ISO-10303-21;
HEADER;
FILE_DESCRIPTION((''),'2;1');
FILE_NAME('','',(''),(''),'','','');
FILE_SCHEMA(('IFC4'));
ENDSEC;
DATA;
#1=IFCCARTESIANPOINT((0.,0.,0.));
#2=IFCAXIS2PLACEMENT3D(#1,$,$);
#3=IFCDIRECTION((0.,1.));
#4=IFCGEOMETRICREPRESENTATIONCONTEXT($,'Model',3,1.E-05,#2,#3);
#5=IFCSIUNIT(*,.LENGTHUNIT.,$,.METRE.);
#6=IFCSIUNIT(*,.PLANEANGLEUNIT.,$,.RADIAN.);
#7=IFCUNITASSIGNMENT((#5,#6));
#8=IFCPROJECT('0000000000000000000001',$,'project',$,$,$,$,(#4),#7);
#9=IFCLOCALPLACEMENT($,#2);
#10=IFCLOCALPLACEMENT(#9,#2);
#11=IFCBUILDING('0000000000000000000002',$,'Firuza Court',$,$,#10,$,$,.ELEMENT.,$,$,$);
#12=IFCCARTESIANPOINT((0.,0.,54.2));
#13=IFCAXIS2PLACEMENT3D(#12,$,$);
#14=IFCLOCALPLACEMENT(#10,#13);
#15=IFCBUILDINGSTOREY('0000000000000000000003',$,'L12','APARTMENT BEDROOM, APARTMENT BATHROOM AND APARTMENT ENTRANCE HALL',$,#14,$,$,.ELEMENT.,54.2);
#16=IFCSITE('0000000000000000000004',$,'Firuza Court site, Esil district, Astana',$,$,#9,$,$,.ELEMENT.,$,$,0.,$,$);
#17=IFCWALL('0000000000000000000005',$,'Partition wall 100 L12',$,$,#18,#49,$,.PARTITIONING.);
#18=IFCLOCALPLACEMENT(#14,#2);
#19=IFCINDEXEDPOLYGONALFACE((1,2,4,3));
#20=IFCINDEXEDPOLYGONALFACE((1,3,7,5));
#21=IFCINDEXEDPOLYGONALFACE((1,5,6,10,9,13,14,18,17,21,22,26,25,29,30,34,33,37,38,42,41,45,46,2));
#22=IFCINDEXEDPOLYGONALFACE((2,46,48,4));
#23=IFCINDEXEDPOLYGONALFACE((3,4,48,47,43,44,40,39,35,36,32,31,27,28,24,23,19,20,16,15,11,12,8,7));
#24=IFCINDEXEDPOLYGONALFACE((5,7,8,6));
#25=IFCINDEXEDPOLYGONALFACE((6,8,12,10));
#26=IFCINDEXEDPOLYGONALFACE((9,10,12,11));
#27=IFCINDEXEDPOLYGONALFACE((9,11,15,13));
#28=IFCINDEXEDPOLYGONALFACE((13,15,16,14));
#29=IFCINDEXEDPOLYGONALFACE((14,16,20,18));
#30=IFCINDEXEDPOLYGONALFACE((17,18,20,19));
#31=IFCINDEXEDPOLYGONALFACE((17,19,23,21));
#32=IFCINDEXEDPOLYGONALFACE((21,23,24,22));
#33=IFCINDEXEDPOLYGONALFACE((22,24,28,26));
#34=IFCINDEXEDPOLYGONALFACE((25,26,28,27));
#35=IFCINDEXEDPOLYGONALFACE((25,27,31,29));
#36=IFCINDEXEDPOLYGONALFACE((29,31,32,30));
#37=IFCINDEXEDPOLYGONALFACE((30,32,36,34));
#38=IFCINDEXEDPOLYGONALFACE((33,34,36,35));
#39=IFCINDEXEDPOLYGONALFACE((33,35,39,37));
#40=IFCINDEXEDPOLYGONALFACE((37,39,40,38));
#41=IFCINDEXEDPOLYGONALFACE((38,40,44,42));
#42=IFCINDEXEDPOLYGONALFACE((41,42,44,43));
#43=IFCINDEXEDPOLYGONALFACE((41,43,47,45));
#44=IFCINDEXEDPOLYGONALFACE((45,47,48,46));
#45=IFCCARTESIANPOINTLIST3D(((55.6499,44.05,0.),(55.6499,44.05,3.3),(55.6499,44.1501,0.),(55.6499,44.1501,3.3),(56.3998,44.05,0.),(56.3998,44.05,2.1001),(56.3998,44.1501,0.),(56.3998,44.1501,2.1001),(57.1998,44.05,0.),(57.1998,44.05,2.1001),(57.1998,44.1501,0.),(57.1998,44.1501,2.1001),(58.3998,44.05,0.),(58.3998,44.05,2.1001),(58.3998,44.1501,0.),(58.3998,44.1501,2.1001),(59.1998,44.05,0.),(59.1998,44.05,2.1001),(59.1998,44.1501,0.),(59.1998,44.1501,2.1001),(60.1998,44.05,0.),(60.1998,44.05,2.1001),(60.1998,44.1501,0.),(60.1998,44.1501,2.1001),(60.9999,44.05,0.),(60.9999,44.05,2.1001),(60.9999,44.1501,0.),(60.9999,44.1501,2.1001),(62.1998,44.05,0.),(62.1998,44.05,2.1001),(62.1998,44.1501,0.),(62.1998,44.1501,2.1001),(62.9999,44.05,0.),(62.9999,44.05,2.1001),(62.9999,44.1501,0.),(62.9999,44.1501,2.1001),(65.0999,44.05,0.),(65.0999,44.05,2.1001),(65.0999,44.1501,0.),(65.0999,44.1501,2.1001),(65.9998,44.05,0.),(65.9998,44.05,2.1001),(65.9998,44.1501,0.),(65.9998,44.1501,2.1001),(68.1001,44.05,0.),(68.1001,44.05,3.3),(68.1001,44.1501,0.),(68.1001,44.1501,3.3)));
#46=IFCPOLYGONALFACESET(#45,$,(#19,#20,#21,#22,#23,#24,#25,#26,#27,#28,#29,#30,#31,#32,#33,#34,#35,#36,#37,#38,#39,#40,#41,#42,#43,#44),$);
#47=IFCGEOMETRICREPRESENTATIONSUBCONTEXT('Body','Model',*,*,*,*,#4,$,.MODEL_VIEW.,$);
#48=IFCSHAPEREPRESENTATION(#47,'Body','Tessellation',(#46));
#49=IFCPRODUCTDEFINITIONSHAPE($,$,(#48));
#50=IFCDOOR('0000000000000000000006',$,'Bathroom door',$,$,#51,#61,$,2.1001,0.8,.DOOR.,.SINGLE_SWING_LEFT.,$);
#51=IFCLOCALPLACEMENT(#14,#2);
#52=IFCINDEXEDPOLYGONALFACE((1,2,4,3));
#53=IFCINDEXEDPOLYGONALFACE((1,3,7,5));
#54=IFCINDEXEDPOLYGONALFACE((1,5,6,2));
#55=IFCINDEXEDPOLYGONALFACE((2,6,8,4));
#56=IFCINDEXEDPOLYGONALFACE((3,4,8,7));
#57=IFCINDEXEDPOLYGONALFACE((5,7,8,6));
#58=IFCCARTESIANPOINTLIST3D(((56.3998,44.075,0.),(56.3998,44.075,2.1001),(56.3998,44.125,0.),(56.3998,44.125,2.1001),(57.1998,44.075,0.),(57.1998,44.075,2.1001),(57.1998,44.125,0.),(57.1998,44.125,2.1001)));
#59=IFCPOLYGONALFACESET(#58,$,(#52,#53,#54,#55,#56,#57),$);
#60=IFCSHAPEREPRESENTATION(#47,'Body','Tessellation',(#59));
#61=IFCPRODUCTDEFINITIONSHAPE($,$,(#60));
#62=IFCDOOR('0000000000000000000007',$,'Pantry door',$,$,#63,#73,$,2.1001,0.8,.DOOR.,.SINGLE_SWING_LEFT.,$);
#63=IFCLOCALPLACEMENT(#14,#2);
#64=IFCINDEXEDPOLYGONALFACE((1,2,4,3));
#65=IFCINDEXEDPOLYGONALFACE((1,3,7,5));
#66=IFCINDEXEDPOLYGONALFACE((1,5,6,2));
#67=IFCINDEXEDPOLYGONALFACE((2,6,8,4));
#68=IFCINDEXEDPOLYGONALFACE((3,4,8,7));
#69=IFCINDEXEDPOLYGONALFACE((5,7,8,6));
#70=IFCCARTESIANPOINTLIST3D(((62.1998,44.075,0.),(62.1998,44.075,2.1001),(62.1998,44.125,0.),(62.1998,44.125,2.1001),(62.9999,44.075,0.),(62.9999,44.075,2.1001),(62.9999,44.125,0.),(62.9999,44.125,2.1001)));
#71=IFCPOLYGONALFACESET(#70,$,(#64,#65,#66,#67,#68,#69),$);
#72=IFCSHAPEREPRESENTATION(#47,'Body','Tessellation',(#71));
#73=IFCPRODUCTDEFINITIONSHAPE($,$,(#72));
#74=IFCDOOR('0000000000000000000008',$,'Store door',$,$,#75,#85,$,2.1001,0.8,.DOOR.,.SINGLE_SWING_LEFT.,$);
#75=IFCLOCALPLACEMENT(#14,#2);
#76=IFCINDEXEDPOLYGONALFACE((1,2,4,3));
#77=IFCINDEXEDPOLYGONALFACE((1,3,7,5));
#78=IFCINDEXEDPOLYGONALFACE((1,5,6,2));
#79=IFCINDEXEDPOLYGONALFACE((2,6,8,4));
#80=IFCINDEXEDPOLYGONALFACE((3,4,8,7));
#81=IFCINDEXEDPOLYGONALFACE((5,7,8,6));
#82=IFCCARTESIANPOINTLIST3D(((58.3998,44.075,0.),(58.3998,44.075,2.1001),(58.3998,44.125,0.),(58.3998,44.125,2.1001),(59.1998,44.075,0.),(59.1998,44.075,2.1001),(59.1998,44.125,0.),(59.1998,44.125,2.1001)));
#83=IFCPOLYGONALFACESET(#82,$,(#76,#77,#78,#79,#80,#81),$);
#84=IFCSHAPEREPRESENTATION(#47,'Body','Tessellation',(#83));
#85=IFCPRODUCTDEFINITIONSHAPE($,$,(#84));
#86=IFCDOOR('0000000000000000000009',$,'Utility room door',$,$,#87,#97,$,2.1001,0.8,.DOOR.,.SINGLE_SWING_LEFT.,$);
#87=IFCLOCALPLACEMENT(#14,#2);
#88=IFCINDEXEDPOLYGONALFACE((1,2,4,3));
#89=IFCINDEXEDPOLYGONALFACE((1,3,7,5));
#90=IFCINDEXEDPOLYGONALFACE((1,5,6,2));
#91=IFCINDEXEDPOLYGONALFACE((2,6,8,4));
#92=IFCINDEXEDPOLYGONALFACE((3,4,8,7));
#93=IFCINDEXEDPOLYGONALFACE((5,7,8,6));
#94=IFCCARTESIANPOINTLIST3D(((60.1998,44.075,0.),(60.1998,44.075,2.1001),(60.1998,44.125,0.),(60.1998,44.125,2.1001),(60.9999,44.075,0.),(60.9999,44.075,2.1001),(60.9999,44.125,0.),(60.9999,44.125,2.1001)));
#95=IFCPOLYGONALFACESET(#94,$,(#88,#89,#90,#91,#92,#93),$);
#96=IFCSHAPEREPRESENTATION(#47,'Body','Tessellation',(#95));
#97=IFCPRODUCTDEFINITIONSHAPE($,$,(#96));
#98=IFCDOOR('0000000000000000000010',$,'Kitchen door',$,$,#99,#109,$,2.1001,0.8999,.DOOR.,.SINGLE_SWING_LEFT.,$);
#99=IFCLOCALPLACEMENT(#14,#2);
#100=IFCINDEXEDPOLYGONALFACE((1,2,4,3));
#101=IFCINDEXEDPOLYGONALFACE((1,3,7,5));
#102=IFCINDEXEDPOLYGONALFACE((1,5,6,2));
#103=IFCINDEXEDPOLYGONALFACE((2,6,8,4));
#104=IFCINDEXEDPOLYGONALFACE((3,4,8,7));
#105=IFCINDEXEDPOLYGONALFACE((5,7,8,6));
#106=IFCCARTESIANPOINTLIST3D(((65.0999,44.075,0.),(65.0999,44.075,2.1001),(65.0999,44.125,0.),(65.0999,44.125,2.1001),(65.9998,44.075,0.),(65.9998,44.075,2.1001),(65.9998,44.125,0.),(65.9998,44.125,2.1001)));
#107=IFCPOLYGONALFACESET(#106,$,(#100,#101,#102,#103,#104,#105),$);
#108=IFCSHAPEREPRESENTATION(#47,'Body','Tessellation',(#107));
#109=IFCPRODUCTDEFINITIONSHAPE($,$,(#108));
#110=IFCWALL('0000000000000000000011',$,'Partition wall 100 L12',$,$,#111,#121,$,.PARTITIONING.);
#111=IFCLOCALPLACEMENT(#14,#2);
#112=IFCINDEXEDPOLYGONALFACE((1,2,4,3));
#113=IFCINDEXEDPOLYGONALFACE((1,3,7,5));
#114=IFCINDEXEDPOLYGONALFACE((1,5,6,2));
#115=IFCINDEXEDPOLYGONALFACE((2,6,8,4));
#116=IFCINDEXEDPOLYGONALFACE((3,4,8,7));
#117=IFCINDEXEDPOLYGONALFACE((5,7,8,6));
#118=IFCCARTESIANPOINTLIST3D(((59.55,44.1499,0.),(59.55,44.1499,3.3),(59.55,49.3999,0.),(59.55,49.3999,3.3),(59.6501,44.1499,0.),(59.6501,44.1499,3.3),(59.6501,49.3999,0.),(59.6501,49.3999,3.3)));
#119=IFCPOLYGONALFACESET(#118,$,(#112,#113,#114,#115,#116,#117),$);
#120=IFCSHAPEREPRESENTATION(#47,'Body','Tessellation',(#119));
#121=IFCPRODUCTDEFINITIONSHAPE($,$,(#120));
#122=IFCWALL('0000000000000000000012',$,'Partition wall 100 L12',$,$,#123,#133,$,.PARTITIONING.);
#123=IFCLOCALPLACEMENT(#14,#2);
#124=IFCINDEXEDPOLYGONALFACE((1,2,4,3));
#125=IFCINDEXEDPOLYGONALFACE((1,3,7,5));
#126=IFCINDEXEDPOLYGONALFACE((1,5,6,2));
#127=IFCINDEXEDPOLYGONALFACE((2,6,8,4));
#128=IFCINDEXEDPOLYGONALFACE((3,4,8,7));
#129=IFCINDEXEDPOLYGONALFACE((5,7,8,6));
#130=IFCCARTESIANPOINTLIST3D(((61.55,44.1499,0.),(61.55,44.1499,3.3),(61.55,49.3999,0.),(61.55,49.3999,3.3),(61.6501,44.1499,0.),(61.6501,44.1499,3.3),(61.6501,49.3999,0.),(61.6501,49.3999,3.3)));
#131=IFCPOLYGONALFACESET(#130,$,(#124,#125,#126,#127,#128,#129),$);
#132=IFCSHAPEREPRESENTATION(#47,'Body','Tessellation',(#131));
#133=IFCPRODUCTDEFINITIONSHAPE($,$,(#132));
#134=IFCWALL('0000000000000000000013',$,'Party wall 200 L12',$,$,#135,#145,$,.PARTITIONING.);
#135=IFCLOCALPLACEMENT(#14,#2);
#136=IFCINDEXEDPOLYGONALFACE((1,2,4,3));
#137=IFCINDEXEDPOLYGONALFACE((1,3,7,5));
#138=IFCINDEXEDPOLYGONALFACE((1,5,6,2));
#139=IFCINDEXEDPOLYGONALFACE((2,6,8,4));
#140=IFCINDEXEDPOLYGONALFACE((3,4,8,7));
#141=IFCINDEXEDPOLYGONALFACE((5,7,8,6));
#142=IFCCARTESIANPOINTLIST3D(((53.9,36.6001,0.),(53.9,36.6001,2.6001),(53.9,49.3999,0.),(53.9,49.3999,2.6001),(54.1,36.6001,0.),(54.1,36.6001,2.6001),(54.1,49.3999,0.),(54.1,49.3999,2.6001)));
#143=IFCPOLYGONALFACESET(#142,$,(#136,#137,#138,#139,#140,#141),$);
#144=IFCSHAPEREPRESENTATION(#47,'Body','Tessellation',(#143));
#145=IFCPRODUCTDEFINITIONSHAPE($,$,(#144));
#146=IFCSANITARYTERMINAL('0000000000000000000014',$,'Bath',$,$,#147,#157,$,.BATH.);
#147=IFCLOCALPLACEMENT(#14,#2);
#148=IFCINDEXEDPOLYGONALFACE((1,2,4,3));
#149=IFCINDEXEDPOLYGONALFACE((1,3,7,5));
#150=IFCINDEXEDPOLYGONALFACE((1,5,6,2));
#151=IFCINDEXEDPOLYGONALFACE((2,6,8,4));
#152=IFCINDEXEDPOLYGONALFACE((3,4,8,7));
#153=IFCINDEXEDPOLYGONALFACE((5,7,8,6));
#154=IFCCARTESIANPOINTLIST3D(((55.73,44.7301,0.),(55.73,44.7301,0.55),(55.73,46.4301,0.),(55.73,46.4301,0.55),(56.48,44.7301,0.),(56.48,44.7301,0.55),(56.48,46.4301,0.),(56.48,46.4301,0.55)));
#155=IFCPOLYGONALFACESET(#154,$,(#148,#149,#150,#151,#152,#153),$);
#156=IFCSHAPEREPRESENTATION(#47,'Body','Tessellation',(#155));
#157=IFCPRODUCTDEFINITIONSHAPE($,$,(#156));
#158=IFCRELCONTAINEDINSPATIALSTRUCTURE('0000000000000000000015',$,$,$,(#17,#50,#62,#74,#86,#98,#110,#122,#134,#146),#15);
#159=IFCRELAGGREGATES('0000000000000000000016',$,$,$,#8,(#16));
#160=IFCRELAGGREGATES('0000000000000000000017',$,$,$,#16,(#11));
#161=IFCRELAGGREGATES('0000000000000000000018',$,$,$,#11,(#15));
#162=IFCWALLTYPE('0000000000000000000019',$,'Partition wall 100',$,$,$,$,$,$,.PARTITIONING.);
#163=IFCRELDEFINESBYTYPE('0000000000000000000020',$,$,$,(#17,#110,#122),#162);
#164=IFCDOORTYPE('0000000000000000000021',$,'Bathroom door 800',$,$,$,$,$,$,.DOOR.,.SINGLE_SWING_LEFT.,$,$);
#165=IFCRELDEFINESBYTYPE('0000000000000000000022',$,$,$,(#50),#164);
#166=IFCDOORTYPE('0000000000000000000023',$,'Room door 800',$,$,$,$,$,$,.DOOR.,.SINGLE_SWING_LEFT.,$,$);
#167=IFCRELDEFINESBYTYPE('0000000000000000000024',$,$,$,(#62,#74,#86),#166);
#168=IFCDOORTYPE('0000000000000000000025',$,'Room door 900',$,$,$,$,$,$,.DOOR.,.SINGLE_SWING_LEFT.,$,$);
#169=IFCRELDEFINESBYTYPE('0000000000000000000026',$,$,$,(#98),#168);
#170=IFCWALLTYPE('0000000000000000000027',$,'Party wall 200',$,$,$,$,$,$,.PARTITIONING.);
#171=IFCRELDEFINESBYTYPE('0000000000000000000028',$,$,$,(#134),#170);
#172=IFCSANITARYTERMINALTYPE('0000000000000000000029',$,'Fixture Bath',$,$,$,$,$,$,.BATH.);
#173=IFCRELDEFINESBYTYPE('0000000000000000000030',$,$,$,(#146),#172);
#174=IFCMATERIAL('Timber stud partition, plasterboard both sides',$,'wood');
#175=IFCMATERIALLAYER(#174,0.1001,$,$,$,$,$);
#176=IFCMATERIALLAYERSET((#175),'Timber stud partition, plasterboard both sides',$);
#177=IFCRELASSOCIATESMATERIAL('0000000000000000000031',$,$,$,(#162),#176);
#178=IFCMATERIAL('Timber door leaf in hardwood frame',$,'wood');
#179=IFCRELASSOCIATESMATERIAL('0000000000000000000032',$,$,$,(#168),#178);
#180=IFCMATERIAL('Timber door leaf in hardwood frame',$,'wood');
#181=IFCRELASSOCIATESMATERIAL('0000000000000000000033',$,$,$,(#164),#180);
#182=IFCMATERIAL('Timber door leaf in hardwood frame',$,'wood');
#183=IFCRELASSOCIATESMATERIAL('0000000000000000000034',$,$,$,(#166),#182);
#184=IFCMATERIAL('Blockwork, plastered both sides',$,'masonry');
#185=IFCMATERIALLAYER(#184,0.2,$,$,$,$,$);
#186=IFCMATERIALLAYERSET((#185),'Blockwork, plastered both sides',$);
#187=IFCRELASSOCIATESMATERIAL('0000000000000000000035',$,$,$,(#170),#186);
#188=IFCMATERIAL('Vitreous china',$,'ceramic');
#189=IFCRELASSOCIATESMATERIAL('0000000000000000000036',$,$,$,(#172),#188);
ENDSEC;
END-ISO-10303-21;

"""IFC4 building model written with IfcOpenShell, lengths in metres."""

from ifc_helpers import new_model, si_unit, direction, frame, frame_2d, origin, origin_2d, place, context, subcontext, project, spatial, rectangle, extrude, material, layer, layer_set, type_object, element, fill, save


model = new_model("IFC4")

# Units and contexts
model_context = context("Model", 3, precision=1e-05, world=origin(), true_north=direction((0.0, 1.0)))
body_context = subcontext(model_context, "Body", "Model", "MODEL_VIEW")
ifc_project = project(units=[si_unit("LENGTHUNIT", "METRE"), si_unit("PLANEANGLEUNIT", "RADIAN")], contexts=[model_context])

# Site, building, storey
site_placement = place(None, origin())
site = spatial("IfcSite", under=ifc_project, at=site_placement, Name="Firuza Court site, Esil district, Astana", CompositionType="ELEMENT", RefElevation=0.0)
building_placement = place(site_placement, origin())
building = spatial("IfcBuilding", under=site, at=building_placement, Name="Firuza Court", CompositionType="ELEMENT")
storey_placement = place(building_placement, frame((0.0, 0.0, 54.2)))
storey = spatial("IfcBuildingStorey", under=building, at=storey_placement, Name="L12", Description="APARTMENT BEDROOM, APARTMENT BATHROOM AND APARTMENT ENTRANCE HALL", CompositionType="ELEMENT", Elevation=54.2)

# Shared definitions
ifc_material_1 = material(Name="Timber stud partition, plasterboard both sides", Category="wood")
ifc_layer_1 = layer(ifc_material_1, 0.1001)
ifc_layer_set_1 = layer_set([ifc_layer_1], Name="Timber stud partition, plasterboard both sides")
wall_type_1 = type_object("IfcWallType", Name="Partition wall 100", PredefinedType="PARTITIONING", material=ifc_layer_set_1)

# Wall, openings, doors
ifc_material_2 = material(Name="Timber door leaf in hardwood frame", Category="wood")
door_type_1 = type_object("IfcDoorType", Name="Room door 900", OperationType="SINGLE_SWING_LEFT", PredefinedType="DOOR", material=ifc_material_2)
wall_1_placement = place(storey_placement, frame((55.6499, 44.1001, 0.0), z_axis=(0.0, 0.0, 1.0), x_axis=(1.0, 0.0, 0.0)))
wall_1 = element("IfcWall", 1, at=wall_1_placement, inside=storey, type_object=wall_type_1, Name="Partition wall 100 L12", PredefinedType="PARTITIONING", context=body_context, shape_type="SweptSolid", body=[
    extrude(rectangle(XDim=12.4502, YDim=0.1001, at=frame_2d((6.2251, 0.0))), origin(), (0.0, 0.0, 1.0), 3.3),
])
opening_1_placement = place(wall_1_placement, frame((0.75, 0.0, 0.0)))
opening_1 = element("IfcOpeningElement", 2, at=opening_1_placement, cuts=wall_1, PredefinedType="OPENING", context=body_context, shape_type="SweptSolid", body=[
    extrude(rectangle(XDim=0.8, YDim=2.1001, at=frame_2d((0.3999, 1.05))), frame((0.0, 0.062, 0.0), z_axis=(0.0, -1.0, 0.0), x_axis=(1.0, 0.0, 0.0)), (0.0, 0.0, 1.0), 0.124),
])
opening_2_placement = place(wall_1_placement, frame((9.45, 0.0, 0.0)))
opening_2 = element("IfcOpeningElement", 3, at=opening_2_placement, cuts=wall_1, PredefinedType="OPENING", context=body_context, shape_type="SweptSolid", body=[
    extrude(rectangle(XDim=0.8999, YDim=2.1001, at=frame_2d((0.45, 1.05))), frame((0.0, 0.062, 0.0), z_axis=(0.0, -1.0, 0.0), x_axis=(1.0, 0.0, 0.0)), (0.0, 0.0, 1.0), 0.124),
])
opening_3_placement = place(wall_1_placement, frame((6.55, 0.0, 0.0)))
opening_3 = element("IfcOpeningElement", 4, at=opening_3_placement, cuts=wall_1, PredefinedType="OPENING", context=body_context, shape_type="SweptSolid", body=[
    extrude(rectangle(XDim=0.8, YDim=2.1001, at=frame_2d((0.3999, 1.05))), frame((0.0, 0.062, 0.0), z_axis=(0.0, -1.0, 0.0), x_axis=(1.0, 0.0, 0.0)), (0.0, 0.0, 1.0), 0.124),
])
opening_4_placement = place(wall_1_placement, frame((2.75, 0.0, 0.0)))
opening_4 = element("IfcOpeningElement", 5, at=opening_4_placement, cuts=wall_1, PredefinedType="OPENING", context=body_context, shape_type="SweptSolid", body=[
    extrude(rectangle(XDim=0.8, YDim=2.1001, at=frame_2d((0.3999, 1.05))), frame((0.0, 0.062, 0.0), z_axis=(0.0, -1.0, 0.0), x_axis=(1.0, 0.0, 0.0)), (0.0, 0.0, 1.0), 0.124),
])
opening_5_placement = place(wall_1_placement, frame((4.55, 0.0, 0.0)))
opening_5 = element("IfcOpeningElement", 6, at=opening_5_placement, cuts=wall_1, PredefinedType="OPENING", context=body_context, shape_type="SweptSolid", body=[
    extrude(rectangle(XDim=0.8, YDim=2.1001, at=frame_2d((0.3999, 1.05))), frame((0.0, 0.062, 0.0), z_axis=(0.0, -1.0, 0.0), x_axis=(1.0, 0.0, 0.0)), (0.0, 0.0, 1.0), 0.124),
])
ifc_material_3 = material(Name="Timber door leaf in hardwood frame", Category="wood")
door_type_2 = type_object("IfcDoorType", Name="Bathroom door 800", OperationType="SINGLE_SWING_LEFT", PredefinedType="DOOR", material=ifc_material_3)
door_1_placement = place(opening_1_placement, origin())
door_1 = element("IfcDoor", 7, at=door_1_placement, inside=storey, type_object=door_type_2, Name="Bathroom door", OperationType="SINGLE_SWING_LEFT", OverallHeight=2.1001, OverallWidth=0.8, PredefinedType="DOOR", context=body_context, shape_type="SweptSolid", body=[
    extrude(rectangle(XDim=0.8, YDim=2.1001, at=frame_2d((0.3999, 1.05))), frame((0.0, 0.0249, 0.0), z_axis=(0.0, -1.0, 0.0), x_axis=(1.0, 0.0, 0.0)), (0.0, 0.0, 1.0), 0.05),
])
fill(opening_1, door_1)
ifc_material_4 = material(Name="Timber door leaf in hardwood frame", Category="wood")
door_type_3 = type_object("IfcDoorType", Name="Room door 800", OperationType="SINGLE_SWING_LEFT", PredefinedType="DOOR", material=ifc_material_4)
door_2_placement = place(opening_3_placement, origin())
door_2 = element("IfcDoor", 8, at=door_2_placement, inside=storey, type_object=door_type_3, Name="Pantry door", OperationType="SINGLE_SWING_LEFT", OverallHeight=2.1001, OverallWidth=0.8, PredefinedType="DOOR", context=body_context, shape_type="SweptSolid", body=[
    extrude(rectangle(XDim=0.8, YDim=2.1001, at=frame_2d((0.3999, 1.05))), frame((0.0, 0.0249, 0.0), z_axis=(0.0, -1.0, 0.0), x_axis=(1.0, 0.0, 0.0)), (0.0, 0.0, 1.0), 0.05),
])
fill(opening_3, door_2)
door_3_placement = place(opening_4_placement, origin())
door_3 = element("IfcDoor", 9, at=door_3_placement, inside=storey, type_object=door_type_3, Name="Store door", OperationType="SINGLE_SWING_LEFT", OverallHeight=2.1001, OverallWidth=0.8, PredefinedType="DOOR", context=body_context, shape_type="SweptSolid", body=[
    extrude(rectangle(XDim=0.8, YDim=2.1001, at=frame_2d((0.3999, 1.05))), frame((0.0, 0.0249, 0.0), z_axis=(0.0, -1.0, 0.0), x_axis=(1.0, 0.0, 0.0)), (0.0, 0.0, 1.0), 0.05),
])
fill(opening_4, door_3)
door_4_placement = place(opening_5_placement, origin())
door_4 = element("IfcDoor", 10, at=door_4_placement, inside=storey, type_object=door_type_3, Name="Utility room door", OperationType="SINGLE_SWING_LEFT", OverallHeight=2.1001, OverallWidth=0.8, PredefinedType="DOOR", context=body_context, shape_type="SweptSolid", body=[
    extrude(rectangle(XDim=0.8, YDim=2.1001, at=frame_2d((0.3999, 1.05))), frame((0.0, 0.0249, 0.0), z_axis=(0.0, -1.0, 0.0), x_axis=(1.0, 0.0, 0.0)), (0.0, 0.0, 1.0), 0.05),
])
fill(opening_5, door_4)
door_5_placement = place(opening_2_placement, origin())
door_5 = element("IfcDoor", 11, at=door_5_placement, inside=storey, type_object=door_type_1, Name="Kitchen door", OperationType="SINGLE_SWING_LEFT", OverallHeight=2.1001, OverallWidth=0.8999, PredefinedType="DOOR", context=body_context, shape_type="SweptSolid", body=[
    extrude(rectangle(XDim=0.8999, YDim=2.1001, at=frame_2d((0.45, 1.05))), frame((0.0, 0.0249, 0.0), z_axis=(0.0, -1.0, 0.0), x_axis=(1.0, 0.0, 0.0)), (0.0, 0.0, 1.0), 0.05),
])
fill(opening_2, door_5)

# Walls
for number, where, z_axis, x_axis, name in (
    (12, (59.6001, 44.1499, 0.0), (0.0, 0.0, 1.0), (0.0, 1.0, 0.0), "Partition wall 100 L12"),
    (13, (61.6001, 44.1499, 0.0), (0.0, 0.0, 1.0), (0.0, 1.0, 0.0), "Partition wall 100 L12"),
):
    element("IfcWall", number, at=place(storey_placement, frame(where, z_axis=z_axis, x_axis=x_axis)), inside=storey, type_object=wall_type_1, Name=name, PredefinedType="PARTITIONING", context=body_context, shape_type="SweptSolid", body=[
        extrude(rectangle(XDim=5.25, YDim=0.1001, at=frame_2d((2.625, 0.0))), origin(), (0.0, 0.0, 1.0), 3.3),
    ])
ifc_material_5 = material(Name="Blockwork, plastered both sides", Category="masonry")
ifc_layer_2 = layer(ifc_material_5, 0.2)
ifc_layer_set_2 = layer_set([ifc_layer_2], Name="Blockwork, plastered both sides")
wall_type_2 = type_object("IfcWallType", Name="Party wall 200", PredefinedType="PARTITIONING", material=ifc_layer_set_2)
wall_2_placement = place(storey_placement, frame((54.0, 36.6001, 0.0), z_axis=(0.0, 0.0, 1.0), x_axis=(0.0, 1.0, 0.0)))
element("IfcWall", 14, at=wall_2_placement, inside=storey, type_object=wall_type_2, Name="Party wall 200 L12", PredefinedType="PARTITIONING", context=body_context, shape_type="SweptSolid", body=[
    extrude(rectangle(XDim=12.7998, YDim=0.2, at=frame_2d((6.3999, 0.0))), origin(), (0.0, 0.0, 1.0), 2.6001),
])

# Sanitary terminal
ifc_material_6 = material(Name="Vitreous china", Category="ceramic")
sanitary_terminal_type = type_object("IfcSanitaryTerminalType", Name="Fixture Bath", PredefinedType="BATH", material=ifc_material_6)
sanitary_terminal_placement = place(storey_placement, frame((56.105, 45.5801, 0.0), z_axis=(0.0, 0.0, 1.0), x_axis=(1.0, 0.0, 0.0)))
element("IfcSanitaryTerminal", 15, at=sanitary_terminal_placement, inside=storey, type_object=sanitary_terminal_type, Name="Bath", PredefinedType="BATH", context=body_context, shape_type="SweptSolid", body=[
    extrude(rectangle(XDim=0.75, YDim=1.7, at=origin_2d()), origin(), (0.0, 0.0, 1.0), 0.55),
])

save(model, "model.ifc")
